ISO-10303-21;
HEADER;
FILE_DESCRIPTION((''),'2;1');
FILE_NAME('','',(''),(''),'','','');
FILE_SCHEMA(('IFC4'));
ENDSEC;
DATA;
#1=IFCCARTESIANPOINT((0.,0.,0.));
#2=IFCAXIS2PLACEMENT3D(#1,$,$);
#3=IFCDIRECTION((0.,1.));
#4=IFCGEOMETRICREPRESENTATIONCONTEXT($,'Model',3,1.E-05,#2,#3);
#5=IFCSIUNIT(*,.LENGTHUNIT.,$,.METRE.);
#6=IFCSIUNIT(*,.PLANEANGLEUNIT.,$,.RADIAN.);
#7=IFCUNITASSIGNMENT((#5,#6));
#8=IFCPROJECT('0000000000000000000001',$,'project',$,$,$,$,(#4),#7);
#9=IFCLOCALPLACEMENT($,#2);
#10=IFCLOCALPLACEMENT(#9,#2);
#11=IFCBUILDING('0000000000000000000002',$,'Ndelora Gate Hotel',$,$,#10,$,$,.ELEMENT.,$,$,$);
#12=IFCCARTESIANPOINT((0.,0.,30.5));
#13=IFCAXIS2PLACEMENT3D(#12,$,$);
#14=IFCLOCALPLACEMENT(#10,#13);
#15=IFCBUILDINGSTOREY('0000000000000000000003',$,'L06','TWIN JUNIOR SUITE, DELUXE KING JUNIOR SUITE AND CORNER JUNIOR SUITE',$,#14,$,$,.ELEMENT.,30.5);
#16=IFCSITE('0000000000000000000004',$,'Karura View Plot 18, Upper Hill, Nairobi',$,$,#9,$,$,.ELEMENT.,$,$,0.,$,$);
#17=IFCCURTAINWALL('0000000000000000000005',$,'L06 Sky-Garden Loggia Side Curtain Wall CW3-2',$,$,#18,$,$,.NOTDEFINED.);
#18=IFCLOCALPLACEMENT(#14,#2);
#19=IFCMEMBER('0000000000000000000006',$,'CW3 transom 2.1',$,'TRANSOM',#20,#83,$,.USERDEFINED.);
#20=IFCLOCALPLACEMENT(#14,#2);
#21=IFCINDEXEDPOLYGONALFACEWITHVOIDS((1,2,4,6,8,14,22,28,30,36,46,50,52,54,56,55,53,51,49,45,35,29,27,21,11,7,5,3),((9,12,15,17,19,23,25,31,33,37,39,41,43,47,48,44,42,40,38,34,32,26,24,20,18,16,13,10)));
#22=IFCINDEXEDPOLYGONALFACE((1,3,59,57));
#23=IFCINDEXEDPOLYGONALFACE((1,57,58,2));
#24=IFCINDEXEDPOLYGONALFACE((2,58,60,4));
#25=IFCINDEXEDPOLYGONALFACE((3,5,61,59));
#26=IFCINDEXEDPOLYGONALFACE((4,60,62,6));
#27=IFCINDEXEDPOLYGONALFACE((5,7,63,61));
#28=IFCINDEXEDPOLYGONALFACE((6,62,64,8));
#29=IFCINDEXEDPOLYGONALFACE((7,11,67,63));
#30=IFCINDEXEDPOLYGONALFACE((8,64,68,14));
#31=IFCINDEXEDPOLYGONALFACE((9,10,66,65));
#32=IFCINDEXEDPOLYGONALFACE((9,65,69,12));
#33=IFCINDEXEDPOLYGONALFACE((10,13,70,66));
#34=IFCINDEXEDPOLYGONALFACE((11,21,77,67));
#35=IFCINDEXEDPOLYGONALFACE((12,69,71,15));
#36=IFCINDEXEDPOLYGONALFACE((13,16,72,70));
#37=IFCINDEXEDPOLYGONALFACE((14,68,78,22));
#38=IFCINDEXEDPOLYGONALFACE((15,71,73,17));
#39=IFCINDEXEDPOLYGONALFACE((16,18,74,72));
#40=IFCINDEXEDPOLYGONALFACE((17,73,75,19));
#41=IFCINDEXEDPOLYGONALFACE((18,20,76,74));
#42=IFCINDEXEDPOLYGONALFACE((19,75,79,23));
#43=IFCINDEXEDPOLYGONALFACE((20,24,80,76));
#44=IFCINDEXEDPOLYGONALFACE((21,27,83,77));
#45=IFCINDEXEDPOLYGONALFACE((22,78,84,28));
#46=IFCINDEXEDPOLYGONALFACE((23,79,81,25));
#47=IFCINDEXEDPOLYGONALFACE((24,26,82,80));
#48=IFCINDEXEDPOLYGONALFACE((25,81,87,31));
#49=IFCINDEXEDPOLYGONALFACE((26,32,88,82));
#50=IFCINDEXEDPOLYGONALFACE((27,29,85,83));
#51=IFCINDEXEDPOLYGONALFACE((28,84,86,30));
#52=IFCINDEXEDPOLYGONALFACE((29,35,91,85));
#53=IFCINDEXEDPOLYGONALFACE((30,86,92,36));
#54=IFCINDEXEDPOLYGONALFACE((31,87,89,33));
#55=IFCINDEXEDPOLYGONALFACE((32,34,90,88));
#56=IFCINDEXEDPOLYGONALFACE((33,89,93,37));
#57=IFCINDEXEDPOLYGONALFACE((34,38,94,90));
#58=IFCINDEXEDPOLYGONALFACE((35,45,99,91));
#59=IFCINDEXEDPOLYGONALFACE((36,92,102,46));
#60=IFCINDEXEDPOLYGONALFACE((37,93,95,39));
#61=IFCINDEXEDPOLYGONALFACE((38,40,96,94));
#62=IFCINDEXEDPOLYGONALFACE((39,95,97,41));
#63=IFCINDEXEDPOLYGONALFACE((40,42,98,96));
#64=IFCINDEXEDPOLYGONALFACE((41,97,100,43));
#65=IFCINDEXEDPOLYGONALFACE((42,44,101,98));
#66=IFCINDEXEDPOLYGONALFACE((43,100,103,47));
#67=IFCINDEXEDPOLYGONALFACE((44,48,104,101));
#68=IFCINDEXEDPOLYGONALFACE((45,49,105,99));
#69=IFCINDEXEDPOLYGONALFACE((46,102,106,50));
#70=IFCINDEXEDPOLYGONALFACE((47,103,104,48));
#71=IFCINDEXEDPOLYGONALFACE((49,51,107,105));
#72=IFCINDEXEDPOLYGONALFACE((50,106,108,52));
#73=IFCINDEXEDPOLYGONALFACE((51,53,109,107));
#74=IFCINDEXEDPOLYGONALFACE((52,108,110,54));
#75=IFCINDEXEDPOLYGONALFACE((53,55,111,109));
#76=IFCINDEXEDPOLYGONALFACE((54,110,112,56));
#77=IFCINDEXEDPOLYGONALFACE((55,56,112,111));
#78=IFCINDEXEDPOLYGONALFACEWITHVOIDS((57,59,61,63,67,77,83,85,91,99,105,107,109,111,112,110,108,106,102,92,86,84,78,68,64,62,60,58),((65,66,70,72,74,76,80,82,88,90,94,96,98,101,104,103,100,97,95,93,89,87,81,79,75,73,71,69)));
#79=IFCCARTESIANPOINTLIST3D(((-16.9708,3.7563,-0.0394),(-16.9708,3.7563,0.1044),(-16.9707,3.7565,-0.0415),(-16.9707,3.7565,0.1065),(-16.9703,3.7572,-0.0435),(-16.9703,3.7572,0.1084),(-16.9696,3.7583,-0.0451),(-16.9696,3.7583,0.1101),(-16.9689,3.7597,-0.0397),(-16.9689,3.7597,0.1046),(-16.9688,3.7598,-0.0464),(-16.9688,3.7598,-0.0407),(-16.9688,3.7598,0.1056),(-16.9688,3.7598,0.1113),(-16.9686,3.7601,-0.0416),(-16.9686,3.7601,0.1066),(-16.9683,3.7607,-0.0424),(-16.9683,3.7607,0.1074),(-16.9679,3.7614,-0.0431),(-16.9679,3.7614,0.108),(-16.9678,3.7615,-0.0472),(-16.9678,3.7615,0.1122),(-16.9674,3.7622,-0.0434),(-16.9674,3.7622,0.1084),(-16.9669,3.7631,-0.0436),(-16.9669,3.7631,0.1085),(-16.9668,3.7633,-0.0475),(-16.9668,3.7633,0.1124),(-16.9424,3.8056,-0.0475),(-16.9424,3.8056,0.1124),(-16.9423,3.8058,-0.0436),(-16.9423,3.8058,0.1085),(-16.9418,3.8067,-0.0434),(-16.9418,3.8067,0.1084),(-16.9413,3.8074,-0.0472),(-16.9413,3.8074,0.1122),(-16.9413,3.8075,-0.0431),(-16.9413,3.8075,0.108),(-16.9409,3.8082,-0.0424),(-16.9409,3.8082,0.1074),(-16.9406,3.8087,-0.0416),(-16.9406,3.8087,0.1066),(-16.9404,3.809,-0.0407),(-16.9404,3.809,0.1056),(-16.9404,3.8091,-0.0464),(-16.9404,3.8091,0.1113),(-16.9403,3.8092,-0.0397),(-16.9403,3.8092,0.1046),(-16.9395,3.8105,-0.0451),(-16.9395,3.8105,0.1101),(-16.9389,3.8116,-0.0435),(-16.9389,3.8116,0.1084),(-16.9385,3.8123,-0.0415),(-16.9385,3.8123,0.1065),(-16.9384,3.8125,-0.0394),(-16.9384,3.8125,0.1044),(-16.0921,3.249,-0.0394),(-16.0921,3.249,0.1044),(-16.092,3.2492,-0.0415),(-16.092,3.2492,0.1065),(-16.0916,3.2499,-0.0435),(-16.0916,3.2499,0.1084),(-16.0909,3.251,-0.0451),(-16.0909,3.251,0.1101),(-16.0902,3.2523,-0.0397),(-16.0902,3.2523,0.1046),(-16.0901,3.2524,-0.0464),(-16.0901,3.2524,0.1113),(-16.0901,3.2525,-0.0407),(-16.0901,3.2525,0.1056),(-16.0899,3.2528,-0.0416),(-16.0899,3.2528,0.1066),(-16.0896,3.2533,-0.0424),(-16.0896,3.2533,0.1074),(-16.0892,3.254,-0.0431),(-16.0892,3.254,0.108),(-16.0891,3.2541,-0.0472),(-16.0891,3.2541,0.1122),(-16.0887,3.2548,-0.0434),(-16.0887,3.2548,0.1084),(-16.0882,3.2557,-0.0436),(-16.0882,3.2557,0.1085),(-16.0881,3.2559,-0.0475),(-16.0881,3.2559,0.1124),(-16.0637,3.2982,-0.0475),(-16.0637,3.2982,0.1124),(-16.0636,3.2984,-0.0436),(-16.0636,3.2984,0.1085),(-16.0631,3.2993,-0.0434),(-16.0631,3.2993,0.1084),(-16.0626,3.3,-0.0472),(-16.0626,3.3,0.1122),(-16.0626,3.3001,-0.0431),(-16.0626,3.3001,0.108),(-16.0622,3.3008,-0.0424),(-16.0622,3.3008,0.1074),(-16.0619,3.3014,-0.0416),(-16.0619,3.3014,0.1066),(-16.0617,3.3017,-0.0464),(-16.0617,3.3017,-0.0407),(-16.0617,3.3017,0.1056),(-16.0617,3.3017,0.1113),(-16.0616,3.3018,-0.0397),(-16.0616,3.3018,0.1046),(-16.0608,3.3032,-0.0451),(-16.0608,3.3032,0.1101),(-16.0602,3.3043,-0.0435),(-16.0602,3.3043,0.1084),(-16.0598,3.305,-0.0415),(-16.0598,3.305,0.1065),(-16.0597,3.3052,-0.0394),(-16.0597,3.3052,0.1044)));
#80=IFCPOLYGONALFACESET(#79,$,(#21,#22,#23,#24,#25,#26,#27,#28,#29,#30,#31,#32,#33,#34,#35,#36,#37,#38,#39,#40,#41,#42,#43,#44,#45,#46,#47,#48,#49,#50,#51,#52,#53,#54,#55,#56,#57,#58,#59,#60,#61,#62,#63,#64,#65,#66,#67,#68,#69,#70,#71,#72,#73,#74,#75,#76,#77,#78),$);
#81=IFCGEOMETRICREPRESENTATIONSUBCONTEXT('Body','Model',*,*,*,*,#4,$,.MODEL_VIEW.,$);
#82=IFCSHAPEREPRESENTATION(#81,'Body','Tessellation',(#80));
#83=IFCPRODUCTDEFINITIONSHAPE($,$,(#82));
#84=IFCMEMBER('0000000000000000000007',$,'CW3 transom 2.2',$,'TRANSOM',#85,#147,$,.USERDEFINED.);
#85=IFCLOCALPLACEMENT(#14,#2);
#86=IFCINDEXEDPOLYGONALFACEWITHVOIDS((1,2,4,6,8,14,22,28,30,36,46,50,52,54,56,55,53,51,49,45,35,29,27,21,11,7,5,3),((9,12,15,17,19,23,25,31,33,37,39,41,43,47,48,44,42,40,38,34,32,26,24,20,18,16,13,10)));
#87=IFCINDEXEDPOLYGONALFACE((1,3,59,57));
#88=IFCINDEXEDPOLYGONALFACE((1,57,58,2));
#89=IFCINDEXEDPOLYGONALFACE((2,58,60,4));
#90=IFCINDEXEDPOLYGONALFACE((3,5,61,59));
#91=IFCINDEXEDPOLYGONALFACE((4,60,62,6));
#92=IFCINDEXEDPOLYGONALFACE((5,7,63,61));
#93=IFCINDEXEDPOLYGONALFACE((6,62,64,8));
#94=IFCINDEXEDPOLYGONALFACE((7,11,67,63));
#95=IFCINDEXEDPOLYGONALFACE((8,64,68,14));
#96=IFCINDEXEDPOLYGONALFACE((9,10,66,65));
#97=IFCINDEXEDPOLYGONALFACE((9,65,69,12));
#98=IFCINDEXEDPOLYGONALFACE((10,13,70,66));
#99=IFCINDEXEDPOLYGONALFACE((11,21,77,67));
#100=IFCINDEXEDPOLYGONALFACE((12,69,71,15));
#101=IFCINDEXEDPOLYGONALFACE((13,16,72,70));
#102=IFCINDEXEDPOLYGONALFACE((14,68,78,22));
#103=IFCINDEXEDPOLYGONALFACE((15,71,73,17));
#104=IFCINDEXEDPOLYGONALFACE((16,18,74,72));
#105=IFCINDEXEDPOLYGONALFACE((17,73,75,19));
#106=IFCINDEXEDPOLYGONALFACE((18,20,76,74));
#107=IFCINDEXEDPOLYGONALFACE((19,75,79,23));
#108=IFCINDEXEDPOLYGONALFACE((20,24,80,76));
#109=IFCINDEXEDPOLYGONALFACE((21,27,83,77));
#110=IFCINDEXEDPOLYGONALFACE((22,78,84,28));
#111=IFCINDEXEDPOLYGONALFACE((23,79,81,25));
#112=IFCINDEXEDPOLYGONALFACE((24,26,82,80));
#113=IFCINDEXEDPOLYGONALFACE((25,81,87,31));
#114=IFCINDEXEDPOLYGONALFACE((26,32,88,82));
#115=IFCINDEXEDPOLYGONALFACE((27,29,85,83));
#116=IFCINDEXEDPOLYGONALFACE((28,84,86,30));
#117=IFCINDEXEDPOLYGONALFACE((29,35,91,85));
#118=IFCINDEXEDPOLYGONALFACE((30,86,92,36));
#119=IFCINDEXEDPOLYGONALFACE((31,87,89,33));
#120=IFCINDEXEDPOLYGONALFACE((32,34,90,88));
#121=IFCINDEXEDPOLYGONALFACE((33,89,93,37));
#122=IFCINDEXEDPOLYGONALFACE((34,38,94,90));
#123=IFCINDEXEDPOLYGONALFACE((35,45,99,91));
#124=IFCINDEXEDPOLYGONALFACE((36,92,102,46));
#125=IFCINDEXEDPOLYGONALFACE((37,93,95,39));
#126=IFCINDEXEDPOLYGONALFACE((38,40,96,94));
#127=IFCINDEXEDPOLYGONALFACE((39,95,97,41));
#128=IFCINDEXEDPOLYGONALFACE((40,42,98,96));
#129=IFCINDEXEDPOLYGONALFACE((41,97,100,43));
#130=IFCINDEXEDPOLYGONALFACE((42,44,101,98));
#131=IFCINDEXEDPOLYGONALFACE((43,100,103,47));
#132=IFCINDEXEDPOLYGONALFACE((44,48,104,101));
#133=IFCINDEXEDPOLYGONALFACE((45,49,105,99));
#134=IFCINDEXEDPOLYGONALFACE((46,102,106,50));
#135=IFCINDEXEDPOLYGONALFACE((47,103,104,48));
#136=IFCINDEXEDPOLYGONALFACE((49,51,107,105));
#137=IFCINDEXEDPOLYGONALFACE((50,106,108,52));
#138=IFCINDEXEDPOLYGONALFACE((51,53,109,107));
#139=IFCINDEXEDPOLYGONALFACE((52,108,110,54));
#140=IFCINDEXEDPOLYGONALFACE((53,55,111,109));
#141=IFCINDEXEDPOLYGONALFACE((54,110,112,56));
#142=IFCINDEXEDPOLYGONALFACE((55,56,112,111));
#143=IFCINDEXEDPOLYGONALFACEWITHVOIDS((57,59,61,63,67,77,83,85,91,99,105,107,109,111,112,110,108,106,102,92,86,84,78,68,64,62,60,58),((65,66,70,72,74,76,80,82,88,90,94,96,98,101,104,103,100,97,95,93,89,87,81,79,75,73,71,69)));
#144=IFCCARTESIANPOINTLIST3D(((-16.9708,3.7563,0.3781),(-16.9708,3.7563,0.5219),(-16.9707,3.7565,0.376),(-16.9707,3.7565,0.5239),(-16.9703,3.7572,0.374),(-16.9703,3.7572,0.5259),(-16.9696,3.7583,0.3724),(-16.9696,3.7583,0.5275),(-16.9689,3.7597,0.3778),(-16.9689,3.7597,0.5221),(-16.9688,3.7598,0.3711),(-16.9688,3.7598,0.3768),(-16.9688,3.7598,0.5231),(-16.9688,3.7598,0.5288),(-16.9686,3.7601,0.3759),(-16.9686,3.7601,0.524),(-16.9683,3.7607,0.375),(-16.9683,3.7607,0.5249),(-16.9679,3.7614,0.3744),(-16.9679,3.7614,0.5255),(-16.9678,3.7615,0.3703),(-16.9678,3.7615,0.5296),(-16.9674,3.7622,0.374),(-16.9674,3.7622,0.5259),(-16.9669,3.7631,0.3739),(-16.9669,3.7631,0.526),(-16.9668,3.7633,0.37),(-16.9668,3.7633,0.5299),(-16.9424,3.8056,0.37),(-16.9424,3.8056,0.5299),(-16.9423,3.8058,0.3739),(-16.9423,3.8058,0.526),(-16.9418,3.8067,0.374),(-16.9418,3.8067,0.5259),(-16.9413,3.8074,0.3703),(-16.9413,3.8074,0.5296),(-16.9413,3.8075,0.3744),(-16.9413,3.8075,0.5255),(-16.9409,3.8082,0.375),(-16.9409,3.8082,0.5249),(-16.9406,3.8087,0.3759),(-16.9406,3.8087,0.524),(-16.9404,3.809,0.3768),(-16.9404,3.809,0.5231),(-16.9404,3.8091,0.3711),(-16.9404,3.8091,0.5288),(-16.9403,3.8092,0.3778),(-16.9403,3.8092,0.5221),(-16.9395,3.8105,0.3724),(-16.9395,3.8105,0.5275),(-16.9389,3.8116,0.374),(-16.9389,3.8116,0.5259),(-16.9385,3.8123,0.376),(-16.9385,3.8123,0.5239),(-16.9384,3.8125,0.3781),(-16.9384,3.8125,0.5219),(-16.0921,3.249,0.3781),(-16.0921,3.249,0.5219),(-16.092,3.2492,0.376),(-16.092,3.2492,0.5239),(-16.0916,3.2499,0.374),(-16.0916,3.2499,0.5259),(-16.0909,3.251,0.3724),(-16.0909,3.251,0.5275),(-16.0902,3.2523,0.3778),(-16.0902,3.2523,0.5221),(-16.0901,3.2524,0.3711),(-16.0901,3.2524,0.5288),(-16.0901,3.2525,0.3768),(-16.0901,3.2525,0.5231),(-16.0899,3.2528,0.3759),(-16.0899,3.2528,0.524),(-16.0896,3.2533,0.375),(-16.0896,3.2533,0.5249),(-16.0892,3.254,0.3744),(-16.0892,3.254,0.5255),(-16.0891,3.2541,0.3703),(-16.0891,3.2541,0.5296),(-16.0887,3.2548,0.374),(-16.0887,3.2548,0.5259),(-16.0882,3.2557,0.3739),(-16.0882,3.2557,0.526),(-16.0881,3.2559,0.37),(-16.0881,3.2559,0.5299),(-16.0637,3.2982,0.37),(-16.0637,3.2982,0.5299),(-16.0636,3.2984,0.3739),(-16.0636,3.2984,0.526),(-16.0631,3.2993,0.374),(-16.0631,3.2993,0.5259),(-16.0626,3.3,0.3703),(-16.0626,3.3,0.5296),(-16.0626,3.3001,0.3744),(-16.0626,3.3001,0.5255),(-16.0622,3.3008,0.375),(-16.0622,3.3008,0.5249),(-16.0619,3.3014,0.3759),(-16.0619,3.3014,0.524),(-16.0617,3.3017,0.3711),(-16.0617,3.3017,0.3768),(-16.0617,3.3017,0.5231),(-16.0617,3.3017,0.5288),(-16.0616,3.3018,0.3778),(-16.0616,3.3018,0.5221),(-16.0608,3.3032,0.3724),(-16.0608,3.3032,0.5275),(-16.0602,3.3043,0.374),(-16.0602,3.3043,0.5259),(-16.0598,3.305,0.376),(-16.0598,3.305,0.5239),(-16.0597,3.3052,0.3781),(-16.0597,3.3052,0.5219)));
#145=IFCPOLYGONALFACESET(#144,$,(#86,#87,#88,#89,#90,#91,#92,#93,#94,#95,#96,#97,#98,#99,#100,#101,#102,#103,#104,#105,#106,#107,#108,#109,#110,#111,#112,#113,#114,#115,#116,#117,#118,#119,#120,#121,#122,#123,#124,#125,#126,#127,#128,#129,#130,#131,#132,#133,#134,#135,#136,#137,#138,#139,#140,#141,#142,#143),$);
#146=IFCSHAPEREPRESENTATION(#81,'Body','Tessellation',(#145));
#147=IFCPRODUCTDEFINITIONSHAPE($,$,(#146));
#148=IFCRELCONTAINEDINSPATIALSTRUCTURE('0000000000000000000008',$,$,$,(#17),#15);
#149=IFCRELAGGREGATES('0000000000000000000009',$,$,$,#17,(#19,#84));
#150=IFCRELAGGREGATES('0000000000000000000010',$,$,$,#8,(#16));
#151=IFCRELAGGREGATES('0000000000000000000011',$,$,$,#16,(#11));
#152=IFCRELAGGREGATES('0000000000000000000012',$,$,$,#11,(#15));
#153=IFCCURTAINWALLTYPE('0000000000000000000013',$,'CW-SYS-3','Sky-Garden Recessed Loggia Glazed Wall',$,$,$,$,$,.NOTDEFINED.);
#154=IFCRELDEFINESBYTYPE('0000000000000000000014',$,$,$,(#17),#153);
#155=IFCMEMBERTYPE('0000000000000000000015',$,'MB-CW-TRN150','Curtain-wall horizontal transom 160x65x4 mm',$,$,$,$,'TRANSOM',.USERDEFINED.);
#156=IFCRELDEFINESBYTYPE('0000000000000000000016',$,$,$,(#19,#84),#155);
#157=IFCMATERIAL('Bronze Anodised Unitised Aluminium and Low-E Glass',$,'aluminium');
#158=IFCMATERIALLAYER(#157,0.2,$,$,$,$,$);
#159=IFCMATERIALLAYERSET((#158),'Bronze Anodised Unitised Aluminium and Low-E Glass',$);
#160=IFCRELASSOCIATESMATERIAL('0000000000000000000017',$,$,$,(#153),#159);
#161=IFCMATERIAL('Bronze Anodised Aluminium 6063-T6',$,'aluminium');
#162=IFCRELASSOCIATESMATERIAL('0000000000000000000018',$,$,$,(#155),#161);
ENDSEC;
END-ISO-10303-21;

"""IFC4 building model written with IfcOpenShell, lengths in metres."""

from ifc_helpers import new_model, si_unit, direction, frame, origin, origin_2d, place, context, subcontext, project, spatial, hollow_rectangle, extrude, material, layer, layer_set, material_profile, profile_set, type_object, element, aggregate, save


model = new_model("IFC4")

# Units and contexts
model_context = context("Model", 3, precision=1e-05, world=origin(), true_north=direction((0.0, 1.0)))
body_context = subcontext(model_context, "Body", "Model", "MODEL_VIEW")
ifc_project = project(units=[si_unit("LENGTHUNIT", "METRE"), si_unit("PLANEANGLEUNIT", "RADIAN")], contexts=[model_context])

# Site, building, storey
site_placement = place(None, origin())
site = spatial("IfcSite", under=ifc_project, at=site_placement, Name="Karura View Plot 18, Upper Hill, Nairobi", CompositionType="ELEMENT", RefElevation=0.0)
building_placement = place(site_placement, origin())
building = spatial("IfcBuilding", under=site, at=building_placement, Name="Ndelora Gate Hotel", CompositionType="ELEMENT")
storey_placement = place(building_placement, frame((0.0, 0.0, 30.5)))
storey = spatial("IfcBuildingStorey", under=building, at=storey_placement, Name="L06", Description="TWIN JUNIOR SUITE, DELUXE KING JUNIOR SUITE AND CORNER JUNIOR SUITE", CompositionType="ELEMENT", Elevation=30.5)

# Curtain wall, members
ifc_material_1 = material(Name="Bronze Anodised Unitised Aluminium and Low-E Glass", Category="aluminium")
ifc_layer_1 = layer(ifc_material_1, 0.2)
ifc_layer_set_1 = layer_set([ifc_layer_1], Name="Bronze Anodised Unitised Aluminium and Low-E Glass")
curtain_wall_type = type_object("IfcCurtainWallType", Name="CW-SYS-3", Description="Sky-Garden Recessed Loggia Glazed Wall", PredefinedType="NOTDEFINED", material=ifc_layer_set_1)
curtain_wall_placement = place(storey_placement, origin())
curtain_wall = element("IfcCurtainWall", 1, at=curtain_wall_placement, inside=storey, type_object=curtain_wall_type, Name="L06 Sky-Garden Loggia Side Curtain Wall CW3-2", PredefinedType="NOTDEFINED")
ifc_material_2 = material(Name="Bronze Anodised Aluminium 6063-T6", Category="aluminium")
ifc_material_profile_1 = material_profile(ifc_material_2, hollow_rectangle(XDim=0.0649, YDim=0.1599, WallThickness=0.0039, InnerFilletRadius=0.0039, OuterFilletRadius=0.0081, at=origin_2d()), Name="ALU 160x65x4")
ifc_profile_set_1 = profile_set([ifc_material_profile_1], Name="Bronze Anodised Aluminium 6063-T6")
member_type_1 = type_object("IfcMemberType", Name="MB-CW-TRN150", Description="Curtain-wall horizontal transom 160x65x4 mm", ElementType="TRANSOM", PredefinedType="USERDEFINED", material=ifc_profile_set_1)
member_1_placement = place(storey_placement, frame((-16.9546, 3.7844, 0.0325), z_axis=(0.866013, -0.500021, 0.0), x_axis=(0.500021, 0.866013, 0.0)))
member_1 = element("IfcMember", 2, at=member_1_placement, type_object=member_type_1, Name="CW3 transom 2.1", ObjectType="TRANSOM", PredefinedType="USERDEFINED", context=body_context, shape_type="SweptSolid", body=[
    extrude(hollow_rectangle(XDim=0.0649, YDim=0.1599, WallThickness=0.0039, InnerFilletRadius=0.0039, OuterFilletRadius=0.0081, at=origin_2d()), origin(), (0.0, 0.0, 1.0), 1.0146),
])
member_2_placement = place(storey_placement, frame((-16.9546, 3.7844, 0.45), z_axis=(0.866013, -0.500021, 0.0), x_axis=(0.500021, 0.866013, 0.0)))
member_2 = element("IfcMember", 3, at=member_2_placement, type_object=member_type_1, Name="CW3 transom 2.2", ObjectType="TRANSOM", PredefinedType="USERDEFINED", context=body_context, shape_type="SweptSolid", body=[
    extrude(hollow_rectangle(XDim=0.0649, YDim=0.1599, WallThickness=0.0039, InnerFilletRadius=0.0039, OuterFilletRadius=0.0081, at=origin_2d()), origin(), (0.0, 0.0, 1.0), 1.0146),
])
aggregate(curtain_wall, [member_1, member_2])

save(model, "model.ifc")
